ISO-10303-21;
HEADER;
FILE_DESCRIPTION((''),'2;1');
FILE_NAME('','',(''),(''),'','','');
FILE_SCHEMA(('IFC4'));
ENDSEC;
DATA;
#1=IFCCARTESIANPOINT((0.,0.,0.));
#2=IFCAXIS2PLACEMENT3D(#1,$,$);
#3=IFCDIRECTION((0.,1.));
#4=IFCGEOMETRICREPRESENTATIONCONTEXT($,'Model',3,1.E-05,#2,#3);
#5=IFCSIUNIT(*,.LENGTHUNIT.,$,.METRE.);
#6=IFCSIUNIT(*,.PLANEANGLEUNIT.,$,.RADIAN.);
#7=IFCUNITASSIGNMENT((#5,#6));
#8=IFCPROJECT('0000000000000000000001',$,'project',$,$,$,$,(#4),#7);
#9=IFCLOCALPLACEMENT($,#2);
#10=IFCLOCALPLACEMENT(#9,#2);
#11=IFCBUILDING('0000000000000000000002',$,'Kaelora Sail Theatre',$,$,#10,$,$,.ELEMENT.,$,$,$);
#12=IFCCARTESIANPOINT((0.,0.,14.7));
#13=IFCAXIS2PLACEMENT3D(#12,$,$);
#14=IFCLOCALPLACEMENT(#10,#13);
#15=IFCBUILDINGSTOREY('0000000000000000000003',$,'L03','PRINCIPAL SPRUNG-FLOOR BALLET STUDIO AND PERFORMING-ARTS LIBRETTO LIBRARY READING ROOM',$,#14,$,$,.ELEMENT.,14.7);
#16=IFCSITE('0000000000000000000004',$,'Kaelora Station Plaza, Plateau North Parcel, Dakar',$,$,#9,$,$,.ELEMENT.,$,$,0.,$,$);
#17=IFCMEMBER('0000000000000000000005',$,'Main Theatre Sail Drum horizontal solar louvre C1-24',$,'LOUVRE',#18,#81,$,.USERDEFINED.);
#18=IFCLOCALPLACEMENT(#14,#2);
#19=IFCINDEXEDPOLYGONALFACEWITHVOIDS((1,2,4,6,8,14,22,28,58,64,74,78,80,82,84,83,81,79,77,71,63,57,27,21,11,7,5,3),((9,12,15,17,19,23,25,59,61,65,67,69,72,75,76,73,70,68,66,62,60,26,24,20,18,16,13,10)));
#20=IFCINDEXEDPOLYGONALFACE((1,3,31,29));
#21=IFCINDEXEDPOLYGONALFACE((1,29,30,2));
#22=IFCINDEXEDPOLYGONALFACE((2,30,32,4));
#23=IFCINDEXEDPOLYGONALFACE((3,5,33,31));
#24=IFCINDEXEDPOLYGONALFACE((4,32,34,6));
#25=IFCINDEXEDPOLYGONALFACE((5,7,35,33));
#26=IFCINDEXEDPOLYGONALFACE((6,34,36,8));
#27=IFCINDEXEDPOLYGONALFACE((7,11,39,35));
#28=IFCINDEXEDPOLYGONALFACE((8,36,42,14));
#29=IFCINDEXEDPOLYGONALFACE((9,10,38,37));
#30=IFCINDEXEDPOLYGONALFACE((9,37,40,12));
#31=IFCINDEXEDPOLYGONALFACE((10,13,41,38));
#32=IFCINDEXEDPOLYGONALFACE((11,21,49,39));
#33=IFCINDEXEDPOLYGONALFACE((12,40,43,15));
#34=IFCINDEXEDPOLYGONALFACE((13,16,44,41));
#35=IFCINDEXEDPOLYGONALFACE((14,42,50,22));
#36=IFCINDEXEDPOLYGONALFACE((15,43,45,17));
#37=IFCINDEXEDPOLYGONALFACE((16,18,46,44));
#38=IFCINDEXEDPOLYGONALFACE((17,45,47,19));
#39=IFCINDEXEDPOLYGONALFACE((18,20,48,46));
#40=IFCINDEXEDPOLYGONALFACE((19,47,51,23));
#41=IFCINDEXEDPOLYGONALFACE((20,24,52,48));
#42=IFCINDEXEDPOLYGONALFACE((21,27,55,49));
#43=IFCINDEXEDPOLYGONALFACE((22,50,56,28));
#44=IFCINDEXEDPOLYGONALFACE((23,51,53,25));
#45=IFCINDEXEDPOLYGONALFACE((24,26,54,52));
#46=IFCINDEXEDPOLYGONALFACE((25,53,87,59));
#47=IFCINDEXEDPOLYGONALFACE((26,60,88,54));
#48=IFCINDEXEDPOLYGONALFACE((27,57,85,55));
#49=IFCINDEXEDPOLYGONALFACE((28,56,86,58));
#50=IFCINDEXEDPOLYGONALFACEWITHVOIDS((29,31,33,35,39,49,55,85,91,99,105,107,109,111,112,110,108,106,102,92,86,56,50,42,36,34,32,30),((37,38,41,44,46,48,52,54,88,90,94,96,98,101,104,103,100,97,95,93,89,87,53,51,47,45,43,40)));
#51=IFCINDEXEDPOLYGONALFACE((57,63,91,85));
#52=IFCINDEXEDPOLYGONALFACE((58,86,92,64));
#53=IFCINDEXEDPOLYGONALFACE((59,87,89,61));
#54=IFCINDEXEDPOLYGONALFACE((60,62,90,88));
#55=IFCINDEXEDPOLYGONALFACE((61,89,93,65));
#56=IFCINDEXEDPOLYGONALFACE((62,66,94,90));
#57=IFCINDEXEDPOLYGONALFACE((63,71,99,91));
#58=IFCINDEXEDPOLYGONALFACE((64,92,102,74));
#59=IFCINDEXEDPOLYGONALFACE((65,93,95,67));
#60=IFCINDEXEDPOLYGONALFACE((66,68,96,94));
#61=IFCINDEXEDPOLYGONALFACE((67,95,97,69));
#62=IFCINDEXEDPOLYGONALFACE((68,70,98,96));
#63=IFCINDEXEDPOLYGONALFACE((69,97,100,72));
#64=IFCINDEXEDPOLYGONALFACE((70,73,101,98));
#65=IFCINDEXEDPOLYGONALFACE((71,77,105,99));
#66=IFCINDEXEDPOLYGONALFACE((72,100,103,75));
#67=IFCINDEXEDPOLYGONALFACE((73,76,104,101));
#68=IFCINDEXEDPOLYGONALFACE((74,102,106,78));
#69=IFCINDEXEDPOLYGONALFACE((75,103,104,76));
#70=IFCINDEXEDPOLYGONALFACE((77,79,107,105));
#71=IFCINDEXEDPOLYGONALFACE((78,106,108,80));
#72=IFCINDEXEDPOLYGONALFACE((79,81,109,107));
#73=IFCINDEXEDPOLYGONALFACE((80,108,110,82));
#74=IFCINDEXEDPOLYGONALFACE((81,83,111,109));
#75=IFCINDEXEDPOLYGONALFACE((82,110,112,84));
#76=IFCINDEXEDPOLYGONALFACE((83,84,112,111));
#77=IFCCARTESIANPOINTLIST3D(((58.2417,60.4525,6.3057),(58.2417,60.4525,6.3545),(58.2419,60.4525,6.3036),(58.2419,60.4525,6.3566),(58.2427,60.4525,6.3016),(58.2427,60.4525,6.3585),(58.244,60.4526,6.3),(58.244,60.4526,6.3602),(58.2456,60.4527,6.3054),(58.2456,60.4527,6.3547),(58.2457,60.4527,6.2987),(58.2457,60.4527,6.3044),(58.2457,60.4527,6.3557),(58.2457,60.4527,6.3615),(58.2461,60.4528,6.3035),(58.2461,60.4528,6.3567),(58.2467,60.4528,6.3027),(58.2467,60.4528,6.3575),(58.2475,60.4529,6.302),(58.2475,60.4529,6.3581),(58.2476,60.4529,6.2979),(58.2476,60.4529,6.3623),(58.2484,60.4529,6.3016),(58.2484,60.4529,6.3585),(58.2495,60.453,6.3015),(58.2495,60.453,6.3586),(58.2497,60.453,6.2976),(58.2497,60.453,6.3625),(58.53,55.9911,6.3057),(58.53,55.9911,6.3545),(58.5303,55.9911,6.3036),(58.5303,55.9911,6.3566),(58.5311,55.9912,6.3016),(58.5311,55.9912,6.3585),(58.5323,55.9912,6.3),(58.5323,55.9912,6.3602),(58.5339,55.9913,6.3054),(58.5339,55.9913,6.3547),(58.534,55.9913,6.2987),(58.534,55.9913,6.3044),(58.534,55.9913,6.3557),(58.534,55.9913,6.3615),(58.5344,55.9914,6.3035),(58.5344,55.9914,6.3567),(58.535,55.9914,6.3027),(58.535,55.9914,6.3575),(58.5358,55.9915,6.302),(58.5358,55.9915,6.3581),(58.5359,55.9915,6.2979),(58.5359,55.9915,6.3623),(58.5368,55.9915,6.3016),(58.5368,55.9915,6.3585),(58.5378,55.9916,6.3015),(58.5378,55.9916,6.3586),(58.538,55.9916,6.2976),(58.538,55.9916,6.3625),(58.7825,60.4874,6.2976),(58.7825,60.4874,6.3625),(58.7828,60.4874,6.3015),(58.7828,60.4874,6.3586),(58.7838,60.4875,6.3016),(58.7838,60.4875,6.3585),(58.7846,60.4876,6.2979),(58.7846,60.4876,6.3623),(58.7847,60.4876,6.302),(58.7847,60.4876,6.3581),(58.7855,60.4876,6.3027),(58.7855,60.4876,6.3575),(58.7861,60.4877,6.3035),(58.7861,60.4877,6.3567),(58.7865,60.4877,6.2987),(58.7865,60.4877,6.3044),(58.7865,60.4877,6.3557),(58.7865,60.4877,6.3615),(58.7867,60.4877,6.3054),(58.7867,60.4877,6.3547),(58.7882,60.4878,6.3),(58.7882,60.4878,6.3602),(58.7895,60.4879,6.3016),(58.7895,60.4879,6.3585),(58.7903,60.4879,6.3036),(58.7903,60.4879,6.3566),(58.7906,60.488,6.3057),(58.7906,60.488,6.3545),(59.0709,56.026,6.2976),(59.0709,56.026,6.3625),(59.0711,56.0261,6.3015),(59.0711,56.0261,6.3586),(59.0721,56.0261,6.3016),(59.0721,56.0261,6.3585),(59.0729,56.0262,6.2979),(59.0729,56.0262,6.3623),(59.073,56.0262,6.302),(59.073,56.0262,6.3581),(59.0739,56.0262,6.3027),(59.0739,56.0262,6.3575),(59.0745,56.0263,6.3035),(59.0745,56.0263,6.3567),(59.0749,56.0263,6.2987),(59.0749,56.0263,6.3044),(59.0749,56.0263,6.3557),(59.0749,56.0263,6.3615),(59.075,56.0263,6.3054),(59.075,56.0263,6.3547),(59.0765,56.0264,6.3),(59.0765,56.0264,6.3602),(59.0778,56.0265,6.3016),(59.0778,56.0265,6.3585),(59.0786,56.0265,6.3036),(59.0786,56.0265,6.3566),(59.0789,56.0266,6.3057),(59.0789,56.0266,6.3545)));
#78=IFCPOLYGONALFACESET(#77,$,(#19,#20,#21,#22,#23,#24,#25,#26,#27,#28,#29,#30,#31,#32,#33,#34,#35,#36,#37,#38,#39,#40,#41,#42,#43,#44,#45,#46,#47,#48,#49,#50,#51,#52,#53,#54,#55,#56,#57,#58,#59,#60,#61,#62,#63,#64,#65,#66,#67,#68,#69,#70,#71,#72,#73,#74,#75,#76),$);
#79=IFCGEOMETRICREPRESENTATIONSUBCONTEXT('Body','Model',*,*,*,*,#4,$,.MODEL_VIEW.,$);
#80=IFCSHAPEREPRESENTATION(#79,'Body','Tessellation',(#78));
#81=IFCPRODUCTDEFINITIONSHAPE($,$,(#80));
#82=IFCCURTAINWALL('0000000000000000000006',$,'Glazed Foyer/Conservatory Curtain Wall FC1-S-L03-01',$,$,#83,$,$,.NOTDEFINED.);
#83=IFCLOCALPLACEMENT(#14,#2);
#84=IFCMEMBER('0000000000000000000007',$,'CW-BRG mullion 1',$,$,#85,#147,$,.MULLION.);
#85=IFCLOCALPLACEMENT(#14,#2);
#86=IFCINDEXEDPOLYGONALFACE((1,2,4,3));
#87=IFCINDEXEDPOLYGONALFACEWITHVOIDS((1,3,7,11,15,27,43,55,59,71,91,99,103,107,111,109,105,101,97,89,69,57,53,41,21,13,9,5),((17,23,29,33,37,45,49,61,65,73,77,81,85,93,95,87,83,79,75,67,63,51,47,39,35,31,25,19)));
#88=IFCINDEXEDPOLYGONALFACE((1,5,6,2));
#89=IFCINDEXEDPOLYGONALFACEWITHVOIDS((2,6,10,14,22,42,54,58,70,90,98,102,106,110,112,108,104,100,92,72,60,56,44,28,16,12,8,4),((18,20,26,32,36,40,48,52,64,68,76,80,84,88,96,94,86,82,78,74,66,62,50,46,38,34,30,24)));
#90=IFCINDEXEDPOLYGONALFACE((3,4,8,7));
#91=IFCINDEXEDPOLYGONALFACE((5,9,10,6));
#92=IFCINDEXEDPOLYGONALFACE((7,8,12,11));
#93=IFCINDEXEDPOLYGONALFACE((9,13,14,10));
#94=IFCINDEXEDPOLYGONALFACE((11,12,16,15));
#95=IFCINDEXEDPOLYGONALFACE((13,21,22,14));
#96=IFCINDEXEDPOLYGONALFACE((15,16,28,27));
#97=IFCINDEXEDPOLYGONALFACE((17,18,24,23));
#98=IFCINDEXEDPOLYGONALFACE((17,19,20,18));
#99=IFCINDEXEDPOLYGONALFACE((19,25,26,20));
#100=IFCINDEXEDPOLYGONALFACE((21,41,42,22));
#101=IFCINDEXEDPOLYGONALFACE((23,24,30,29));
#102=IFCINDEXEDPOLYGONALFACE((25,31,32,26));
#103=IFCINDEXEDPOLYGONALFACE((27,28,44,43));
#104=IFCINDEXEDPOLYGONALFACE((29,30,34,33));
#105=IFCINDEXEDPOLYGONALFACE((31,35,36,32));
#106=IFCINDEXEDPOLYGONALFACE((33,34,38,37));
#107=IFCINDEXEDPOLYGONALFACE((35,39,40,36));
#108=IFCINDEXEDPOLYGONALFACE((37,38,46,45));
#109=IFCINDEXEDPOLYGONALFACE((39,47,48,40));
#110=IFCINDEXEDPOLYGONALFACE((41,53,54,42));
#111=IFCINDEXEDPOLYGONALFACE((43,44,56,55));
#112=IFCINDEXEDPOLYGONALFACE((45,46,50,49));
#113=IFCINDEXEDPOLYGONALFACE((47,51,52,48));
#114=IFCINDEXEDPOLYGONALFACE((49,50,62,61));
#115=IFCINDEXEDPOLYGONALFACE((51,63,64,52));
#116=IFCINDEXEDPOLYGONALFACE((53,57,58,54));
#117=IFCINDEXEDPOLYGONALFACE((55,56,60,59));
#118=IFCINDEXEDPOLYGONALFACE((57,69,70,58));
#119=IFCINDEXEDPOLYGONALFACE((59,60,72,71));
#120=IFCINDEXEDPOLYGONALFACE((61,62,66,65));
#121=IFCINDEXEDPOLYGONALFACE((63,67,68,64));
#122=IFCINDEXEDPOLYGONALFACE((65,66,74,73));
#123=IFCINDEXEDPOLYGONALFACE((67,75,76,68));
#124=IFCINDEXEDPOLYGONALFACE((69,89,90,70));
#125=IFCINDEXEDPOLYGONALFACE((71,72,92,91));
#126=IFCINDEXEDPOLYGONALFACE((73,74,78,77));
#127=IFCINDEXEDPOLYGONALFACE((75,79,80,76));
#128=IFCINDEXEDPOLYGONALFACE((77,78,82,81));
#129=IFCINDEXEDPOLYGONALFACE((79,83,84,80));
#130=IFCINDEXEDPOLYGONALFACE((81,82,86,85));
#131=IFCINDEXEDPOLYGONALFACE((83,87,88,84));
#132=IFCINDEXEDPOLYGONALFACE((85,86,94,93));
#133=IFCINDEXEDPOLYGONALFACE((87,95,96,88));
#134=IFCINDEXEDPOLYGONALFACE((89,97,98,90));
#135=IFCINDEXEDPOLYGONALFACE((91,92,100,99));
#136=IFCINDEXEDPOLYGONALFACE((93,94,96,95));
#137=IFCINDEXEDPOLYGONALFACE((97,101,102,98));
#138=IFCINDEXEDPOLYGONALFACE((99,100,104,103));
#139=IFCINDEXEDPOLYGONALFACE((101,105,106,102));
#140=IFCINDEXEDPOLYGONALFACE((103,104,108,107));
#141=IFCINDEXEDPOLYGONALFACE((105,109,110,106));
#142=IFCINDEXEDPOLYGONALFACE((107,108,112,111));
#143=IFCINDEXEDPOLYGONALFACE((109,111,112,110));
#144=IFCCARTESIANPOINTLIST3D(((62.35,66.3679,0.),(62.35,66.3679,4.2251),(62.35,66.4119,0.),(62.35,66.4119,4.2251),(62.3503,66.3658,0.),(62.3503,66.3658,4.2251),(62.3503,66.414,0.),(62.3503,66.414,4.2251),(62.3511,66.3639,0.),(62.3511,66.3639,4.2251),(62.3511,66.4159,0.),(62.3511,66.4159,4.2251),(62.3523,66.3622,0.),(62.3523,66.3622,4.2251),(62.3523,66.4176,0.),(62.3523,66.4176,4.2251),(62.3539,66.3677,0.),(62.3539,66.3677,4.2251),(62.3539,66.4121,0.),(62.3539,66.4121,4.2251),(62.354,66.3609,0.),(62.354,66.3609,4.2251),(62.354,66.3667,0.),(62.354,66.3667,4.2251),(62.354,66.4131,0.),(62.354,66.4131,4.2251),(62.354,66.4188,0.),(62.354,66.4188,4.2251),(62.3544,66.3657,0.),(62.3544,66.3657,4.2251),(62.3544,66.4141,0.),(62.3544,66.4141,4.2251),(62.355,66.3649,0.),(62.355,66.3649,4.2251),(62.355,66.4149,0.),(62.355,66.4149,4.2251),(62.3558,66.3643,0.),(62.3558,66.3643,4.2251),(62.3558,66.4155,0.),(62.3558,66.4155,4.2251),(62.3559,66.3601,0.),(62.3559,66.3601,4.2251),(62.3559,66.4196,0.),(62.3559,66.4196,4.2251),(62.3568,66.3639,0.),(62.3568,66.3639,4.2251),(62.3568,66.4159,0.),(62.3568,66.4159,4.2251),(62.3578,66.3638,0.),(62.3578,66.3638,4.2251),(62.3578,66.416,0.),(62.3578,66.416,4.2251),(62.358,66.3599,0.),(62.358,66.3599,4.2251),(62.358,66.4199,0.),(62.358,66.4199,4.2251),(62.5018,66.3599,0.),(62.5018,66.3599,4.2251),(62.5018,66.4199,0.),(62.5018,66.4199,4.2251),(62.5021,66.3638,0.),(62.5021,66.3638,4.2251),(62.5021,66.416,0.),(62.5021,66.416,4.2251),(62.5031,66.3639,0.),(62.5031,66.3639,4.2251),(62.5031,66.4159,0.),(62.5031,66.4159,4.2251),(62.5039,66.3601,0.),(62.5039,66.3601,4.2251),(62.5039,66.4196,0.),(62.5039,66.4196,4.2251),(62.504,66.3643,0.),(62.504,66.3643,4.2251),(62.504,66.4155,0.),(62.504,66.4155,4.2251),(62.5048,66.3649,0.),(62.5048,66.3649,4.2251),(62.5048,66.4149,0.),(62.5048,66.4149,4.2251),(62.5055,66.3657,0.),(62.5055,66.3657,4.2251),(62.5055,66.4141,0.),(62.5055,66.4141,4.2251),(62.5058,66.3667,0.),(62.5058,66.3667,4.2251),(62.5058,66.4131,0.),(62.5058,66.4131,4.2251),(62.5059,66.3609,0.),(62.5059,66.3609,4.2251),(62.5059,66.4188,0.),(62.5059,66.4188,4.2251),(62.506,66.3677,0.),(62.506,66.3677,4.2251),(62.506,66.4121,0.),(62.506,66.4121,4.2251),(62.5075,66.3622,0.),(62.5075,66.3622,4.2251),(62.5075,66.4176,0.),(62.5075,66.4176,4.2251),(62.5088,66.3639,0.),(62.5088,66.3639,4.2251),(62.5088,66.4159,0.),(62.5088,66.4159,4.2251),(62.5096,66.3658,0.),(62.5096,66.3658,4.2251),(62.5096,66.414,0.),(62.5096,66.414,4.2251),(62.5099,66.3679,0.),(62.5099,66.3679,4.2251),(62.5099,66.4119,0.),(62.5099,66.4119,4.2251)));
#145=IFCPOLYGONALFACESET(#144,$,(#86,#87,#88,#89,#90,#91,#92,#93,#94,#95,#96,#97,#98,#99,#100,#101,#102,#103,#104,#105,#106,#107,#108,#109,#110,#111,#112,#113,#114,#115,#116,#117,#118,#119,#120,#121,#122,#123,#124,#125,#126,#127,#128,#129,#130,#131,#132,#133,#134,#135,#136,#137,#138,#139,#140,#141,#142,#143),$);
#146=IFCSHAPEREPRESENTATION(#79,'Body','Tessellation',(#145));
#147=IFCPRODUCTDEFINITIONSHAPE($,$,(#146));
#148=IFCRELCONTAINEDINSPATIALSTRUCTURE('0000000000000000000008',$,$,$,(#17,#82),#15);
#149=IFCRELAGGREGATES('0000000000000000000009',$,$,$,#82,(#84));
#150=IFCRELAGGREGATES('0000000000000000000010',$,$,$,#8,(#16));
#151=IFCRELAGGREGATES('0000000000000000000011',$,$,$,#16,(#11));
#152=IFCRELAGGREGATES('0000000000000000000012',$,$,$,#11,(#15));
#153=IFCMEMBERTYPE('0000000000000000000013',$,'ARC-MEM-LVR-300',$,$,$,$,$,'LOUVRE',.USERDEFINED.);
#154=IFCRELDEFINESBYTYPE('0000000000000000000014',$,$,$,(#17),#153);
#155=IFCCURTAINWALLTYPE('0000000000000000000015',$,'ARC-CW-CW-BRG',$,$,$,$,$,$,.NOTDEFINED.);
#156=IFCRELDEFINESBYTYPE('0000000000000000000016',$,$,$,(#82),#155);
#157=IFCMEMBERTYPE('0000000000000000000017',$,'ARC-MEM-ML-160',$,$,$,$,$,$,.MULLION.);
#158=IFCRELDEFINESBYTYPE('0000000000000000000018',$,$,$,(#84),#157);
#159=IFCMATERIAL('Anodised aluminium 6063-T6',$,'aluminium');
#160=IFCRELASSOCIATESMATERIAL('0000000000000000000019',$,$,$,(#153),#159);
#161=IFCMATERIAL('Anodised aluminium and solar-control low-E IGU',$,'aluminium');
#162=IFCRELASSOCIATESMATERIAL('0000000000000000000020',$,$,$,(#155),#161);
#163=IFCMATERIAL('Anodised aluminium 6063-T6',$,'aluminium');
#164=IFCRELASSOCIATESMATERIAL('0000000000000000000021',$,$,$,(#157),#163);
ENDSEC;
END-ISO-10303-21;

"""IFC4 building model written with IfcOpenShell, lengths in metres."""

from ifc_helpers import new_model, si_unit, direction, frame, origin, origin_2d, place, context, subcontext, project, spatial, hollow_rectangle, extrude, material, material_profile, profile_set, type_object, element, aggregate, save


model = new_model("IFC4")

# Units and contexts
model_context = context("Model", 3, precision=1e-05, world=origin(), true_north=direction((0.0, 1.0)))
body_context = subcontext(model_context, "Body", "Model", "MODEL_VIEW")
ifc_project = project(units=[si_unit("LENGTHUNIT", "METRE"), si_unit("PLANEANGLEUNIT", "RADIAN")], contexts=[model_context])

# Site, building, storey
site_placement = place(None, origin())
site = spatial("IfcSite", under=ifc_project, at=site_placement, Name="Kaelora Station Plaza, Plateau North Parcel, Dakar", CompositionType="ELEMENT", RefElevation=0.0)
building_placement = place(site_placement, origin())
building = spatial("IfcBuilding", under=site, at=building_placement, Name="Kaelora Sail Theatre", CompositionType="ELEMENT")
storey_placement = place(building_placement, frame((0.0, 0.0, 14.7)))
storey = spatial("IfcBuildingStorey", under=building, at=storey_placement, Name="L03", Description="PRINCIPAL SPRUNG-FLOOR BALLET STUDIO AND PERFORMING-ARTS LIBRETTO LIBRARY READING ROOM", CompositionType="ELEMENT", Elevation=14.7)

# Member
ifc_material_1 = material(Name="Anodised aluminium 6063-T6", Category="aluminium")
ifc_material_profile_1 = material_profile(ifc_material_1, hollow_rectangle(XDim=0.55, YDim=0.0649, WallThickness=0.0039, InnerFilletRadius=0.0039, OuterFilletRadius=0.0081, at=origin_2d()), Name="LOUVRE 550x65x4")
ifc_profile_set_1 = profile_set([ifc_material_profile_1], Name="Anodised aluminium 6063-T6")
member_type_1 = type_object("IfcMemberType", Name="ARC-MEM-LVR-300", ElementType="LOUVRE", PredefinedType="USERDEFINED", material=ifc_profile_set_1)
for number, where, z_axis, x_axis, name in (
    (1, (58.5161, 60.4702, 6.3301), (0.064493, -0.997918, 0.0), (0.997918, 0.064493, 0.0), "Main Theatre Sail Drum horizontal solar louvre C1-24"),
):
    element("IfcMember", number, at=place(storey_placement, frame(where, z_axis=z_axis, x_axis=x_axis)), inside=storey, type_object=member_type_1, Name=name, ObjectType="LOUVRE", PredefinedType="USERDEFINED", context=body_context, shape_type="SweptSolid", body=[
        extrude(hollow_rectangle(XDim=0.55, YDim=0.0649, WallThickness=0.0039, InnerFilletRadius=0.0039, OuterFilletRadius=0.0081, at=origin_2d()), origin(), (0.0, 0.0, 1.0), 4.4707),
    ])

# Curtain wall, member
ifc_material_2 = material(Name="Anodised aluminium and solar-control low-E IGU", Category="aluminium")
curtain_wall_type = type_object("IfcCurtainWallType", Name="ARC-CW-CW-BRG", PredefinedType="NOTDEFINED", material=ifc_material_2)
curtain_wall_placement = place(storey_placement, origin())
curtain_wall = element("IfcCurtainWall", 2, at=curtain_wall_placement, inside=storey, type_object=curtain_wall_type, Name="Glazed Foyer/Conservatory Curtain Wall FC1-S-L03-01", PredefinedType="NOTDEFINED")
ifc_material_3 = material(Name="Anodised aluminium 6063-T6", Category="aluminium")
ifc_material_profile_2 = material_profile(ifc_material_3, hollow_rectangle(XDim=0.0601, YDim=0.1599, WallThickness=0.0039, InnerFilletRadius=0.0039, OuterFilletRadius=0.0081, at=origin_2d()), Name="ALU-MULL 60x160x4")
ifc_profile_set_2 = profile_set([ifc_material_profile_2], Name="Anodised aluminium 6063-T6")
member_type_2 = type_object("IfcMemberType", Name="ARC-MEM-ML-160", PredefinedType="MULLION", material=ifc_profile_set_2)
member_1_placement = place(storey_placement, frame((62.4299, 66.3899, 0.0), z_axis=(0.0, 0.0, 1.0), x_axis=(0.0, 1.0, 0.0)))
member_1 = element("IfcMember", 3, at=member_1_placement, type_object=member_type_2, Name="CW-BRG mullion 1", PredefinedType="MULLION", context=body_context, shape_type="SweptSolid", body=[
    extrude(hollow_rectangle(XDim=0.0601, YDim=0.1599, WallThickness=0.0039, InnerFilletRadius=0.0039, OuterFilletRadius=0.0081, at=origin_2d()), origin(), (0.0, 0.0, 1.0), 4.2251),
])

aggregate(curtain_wall, [member_1])

save(model, "model.ifc")
